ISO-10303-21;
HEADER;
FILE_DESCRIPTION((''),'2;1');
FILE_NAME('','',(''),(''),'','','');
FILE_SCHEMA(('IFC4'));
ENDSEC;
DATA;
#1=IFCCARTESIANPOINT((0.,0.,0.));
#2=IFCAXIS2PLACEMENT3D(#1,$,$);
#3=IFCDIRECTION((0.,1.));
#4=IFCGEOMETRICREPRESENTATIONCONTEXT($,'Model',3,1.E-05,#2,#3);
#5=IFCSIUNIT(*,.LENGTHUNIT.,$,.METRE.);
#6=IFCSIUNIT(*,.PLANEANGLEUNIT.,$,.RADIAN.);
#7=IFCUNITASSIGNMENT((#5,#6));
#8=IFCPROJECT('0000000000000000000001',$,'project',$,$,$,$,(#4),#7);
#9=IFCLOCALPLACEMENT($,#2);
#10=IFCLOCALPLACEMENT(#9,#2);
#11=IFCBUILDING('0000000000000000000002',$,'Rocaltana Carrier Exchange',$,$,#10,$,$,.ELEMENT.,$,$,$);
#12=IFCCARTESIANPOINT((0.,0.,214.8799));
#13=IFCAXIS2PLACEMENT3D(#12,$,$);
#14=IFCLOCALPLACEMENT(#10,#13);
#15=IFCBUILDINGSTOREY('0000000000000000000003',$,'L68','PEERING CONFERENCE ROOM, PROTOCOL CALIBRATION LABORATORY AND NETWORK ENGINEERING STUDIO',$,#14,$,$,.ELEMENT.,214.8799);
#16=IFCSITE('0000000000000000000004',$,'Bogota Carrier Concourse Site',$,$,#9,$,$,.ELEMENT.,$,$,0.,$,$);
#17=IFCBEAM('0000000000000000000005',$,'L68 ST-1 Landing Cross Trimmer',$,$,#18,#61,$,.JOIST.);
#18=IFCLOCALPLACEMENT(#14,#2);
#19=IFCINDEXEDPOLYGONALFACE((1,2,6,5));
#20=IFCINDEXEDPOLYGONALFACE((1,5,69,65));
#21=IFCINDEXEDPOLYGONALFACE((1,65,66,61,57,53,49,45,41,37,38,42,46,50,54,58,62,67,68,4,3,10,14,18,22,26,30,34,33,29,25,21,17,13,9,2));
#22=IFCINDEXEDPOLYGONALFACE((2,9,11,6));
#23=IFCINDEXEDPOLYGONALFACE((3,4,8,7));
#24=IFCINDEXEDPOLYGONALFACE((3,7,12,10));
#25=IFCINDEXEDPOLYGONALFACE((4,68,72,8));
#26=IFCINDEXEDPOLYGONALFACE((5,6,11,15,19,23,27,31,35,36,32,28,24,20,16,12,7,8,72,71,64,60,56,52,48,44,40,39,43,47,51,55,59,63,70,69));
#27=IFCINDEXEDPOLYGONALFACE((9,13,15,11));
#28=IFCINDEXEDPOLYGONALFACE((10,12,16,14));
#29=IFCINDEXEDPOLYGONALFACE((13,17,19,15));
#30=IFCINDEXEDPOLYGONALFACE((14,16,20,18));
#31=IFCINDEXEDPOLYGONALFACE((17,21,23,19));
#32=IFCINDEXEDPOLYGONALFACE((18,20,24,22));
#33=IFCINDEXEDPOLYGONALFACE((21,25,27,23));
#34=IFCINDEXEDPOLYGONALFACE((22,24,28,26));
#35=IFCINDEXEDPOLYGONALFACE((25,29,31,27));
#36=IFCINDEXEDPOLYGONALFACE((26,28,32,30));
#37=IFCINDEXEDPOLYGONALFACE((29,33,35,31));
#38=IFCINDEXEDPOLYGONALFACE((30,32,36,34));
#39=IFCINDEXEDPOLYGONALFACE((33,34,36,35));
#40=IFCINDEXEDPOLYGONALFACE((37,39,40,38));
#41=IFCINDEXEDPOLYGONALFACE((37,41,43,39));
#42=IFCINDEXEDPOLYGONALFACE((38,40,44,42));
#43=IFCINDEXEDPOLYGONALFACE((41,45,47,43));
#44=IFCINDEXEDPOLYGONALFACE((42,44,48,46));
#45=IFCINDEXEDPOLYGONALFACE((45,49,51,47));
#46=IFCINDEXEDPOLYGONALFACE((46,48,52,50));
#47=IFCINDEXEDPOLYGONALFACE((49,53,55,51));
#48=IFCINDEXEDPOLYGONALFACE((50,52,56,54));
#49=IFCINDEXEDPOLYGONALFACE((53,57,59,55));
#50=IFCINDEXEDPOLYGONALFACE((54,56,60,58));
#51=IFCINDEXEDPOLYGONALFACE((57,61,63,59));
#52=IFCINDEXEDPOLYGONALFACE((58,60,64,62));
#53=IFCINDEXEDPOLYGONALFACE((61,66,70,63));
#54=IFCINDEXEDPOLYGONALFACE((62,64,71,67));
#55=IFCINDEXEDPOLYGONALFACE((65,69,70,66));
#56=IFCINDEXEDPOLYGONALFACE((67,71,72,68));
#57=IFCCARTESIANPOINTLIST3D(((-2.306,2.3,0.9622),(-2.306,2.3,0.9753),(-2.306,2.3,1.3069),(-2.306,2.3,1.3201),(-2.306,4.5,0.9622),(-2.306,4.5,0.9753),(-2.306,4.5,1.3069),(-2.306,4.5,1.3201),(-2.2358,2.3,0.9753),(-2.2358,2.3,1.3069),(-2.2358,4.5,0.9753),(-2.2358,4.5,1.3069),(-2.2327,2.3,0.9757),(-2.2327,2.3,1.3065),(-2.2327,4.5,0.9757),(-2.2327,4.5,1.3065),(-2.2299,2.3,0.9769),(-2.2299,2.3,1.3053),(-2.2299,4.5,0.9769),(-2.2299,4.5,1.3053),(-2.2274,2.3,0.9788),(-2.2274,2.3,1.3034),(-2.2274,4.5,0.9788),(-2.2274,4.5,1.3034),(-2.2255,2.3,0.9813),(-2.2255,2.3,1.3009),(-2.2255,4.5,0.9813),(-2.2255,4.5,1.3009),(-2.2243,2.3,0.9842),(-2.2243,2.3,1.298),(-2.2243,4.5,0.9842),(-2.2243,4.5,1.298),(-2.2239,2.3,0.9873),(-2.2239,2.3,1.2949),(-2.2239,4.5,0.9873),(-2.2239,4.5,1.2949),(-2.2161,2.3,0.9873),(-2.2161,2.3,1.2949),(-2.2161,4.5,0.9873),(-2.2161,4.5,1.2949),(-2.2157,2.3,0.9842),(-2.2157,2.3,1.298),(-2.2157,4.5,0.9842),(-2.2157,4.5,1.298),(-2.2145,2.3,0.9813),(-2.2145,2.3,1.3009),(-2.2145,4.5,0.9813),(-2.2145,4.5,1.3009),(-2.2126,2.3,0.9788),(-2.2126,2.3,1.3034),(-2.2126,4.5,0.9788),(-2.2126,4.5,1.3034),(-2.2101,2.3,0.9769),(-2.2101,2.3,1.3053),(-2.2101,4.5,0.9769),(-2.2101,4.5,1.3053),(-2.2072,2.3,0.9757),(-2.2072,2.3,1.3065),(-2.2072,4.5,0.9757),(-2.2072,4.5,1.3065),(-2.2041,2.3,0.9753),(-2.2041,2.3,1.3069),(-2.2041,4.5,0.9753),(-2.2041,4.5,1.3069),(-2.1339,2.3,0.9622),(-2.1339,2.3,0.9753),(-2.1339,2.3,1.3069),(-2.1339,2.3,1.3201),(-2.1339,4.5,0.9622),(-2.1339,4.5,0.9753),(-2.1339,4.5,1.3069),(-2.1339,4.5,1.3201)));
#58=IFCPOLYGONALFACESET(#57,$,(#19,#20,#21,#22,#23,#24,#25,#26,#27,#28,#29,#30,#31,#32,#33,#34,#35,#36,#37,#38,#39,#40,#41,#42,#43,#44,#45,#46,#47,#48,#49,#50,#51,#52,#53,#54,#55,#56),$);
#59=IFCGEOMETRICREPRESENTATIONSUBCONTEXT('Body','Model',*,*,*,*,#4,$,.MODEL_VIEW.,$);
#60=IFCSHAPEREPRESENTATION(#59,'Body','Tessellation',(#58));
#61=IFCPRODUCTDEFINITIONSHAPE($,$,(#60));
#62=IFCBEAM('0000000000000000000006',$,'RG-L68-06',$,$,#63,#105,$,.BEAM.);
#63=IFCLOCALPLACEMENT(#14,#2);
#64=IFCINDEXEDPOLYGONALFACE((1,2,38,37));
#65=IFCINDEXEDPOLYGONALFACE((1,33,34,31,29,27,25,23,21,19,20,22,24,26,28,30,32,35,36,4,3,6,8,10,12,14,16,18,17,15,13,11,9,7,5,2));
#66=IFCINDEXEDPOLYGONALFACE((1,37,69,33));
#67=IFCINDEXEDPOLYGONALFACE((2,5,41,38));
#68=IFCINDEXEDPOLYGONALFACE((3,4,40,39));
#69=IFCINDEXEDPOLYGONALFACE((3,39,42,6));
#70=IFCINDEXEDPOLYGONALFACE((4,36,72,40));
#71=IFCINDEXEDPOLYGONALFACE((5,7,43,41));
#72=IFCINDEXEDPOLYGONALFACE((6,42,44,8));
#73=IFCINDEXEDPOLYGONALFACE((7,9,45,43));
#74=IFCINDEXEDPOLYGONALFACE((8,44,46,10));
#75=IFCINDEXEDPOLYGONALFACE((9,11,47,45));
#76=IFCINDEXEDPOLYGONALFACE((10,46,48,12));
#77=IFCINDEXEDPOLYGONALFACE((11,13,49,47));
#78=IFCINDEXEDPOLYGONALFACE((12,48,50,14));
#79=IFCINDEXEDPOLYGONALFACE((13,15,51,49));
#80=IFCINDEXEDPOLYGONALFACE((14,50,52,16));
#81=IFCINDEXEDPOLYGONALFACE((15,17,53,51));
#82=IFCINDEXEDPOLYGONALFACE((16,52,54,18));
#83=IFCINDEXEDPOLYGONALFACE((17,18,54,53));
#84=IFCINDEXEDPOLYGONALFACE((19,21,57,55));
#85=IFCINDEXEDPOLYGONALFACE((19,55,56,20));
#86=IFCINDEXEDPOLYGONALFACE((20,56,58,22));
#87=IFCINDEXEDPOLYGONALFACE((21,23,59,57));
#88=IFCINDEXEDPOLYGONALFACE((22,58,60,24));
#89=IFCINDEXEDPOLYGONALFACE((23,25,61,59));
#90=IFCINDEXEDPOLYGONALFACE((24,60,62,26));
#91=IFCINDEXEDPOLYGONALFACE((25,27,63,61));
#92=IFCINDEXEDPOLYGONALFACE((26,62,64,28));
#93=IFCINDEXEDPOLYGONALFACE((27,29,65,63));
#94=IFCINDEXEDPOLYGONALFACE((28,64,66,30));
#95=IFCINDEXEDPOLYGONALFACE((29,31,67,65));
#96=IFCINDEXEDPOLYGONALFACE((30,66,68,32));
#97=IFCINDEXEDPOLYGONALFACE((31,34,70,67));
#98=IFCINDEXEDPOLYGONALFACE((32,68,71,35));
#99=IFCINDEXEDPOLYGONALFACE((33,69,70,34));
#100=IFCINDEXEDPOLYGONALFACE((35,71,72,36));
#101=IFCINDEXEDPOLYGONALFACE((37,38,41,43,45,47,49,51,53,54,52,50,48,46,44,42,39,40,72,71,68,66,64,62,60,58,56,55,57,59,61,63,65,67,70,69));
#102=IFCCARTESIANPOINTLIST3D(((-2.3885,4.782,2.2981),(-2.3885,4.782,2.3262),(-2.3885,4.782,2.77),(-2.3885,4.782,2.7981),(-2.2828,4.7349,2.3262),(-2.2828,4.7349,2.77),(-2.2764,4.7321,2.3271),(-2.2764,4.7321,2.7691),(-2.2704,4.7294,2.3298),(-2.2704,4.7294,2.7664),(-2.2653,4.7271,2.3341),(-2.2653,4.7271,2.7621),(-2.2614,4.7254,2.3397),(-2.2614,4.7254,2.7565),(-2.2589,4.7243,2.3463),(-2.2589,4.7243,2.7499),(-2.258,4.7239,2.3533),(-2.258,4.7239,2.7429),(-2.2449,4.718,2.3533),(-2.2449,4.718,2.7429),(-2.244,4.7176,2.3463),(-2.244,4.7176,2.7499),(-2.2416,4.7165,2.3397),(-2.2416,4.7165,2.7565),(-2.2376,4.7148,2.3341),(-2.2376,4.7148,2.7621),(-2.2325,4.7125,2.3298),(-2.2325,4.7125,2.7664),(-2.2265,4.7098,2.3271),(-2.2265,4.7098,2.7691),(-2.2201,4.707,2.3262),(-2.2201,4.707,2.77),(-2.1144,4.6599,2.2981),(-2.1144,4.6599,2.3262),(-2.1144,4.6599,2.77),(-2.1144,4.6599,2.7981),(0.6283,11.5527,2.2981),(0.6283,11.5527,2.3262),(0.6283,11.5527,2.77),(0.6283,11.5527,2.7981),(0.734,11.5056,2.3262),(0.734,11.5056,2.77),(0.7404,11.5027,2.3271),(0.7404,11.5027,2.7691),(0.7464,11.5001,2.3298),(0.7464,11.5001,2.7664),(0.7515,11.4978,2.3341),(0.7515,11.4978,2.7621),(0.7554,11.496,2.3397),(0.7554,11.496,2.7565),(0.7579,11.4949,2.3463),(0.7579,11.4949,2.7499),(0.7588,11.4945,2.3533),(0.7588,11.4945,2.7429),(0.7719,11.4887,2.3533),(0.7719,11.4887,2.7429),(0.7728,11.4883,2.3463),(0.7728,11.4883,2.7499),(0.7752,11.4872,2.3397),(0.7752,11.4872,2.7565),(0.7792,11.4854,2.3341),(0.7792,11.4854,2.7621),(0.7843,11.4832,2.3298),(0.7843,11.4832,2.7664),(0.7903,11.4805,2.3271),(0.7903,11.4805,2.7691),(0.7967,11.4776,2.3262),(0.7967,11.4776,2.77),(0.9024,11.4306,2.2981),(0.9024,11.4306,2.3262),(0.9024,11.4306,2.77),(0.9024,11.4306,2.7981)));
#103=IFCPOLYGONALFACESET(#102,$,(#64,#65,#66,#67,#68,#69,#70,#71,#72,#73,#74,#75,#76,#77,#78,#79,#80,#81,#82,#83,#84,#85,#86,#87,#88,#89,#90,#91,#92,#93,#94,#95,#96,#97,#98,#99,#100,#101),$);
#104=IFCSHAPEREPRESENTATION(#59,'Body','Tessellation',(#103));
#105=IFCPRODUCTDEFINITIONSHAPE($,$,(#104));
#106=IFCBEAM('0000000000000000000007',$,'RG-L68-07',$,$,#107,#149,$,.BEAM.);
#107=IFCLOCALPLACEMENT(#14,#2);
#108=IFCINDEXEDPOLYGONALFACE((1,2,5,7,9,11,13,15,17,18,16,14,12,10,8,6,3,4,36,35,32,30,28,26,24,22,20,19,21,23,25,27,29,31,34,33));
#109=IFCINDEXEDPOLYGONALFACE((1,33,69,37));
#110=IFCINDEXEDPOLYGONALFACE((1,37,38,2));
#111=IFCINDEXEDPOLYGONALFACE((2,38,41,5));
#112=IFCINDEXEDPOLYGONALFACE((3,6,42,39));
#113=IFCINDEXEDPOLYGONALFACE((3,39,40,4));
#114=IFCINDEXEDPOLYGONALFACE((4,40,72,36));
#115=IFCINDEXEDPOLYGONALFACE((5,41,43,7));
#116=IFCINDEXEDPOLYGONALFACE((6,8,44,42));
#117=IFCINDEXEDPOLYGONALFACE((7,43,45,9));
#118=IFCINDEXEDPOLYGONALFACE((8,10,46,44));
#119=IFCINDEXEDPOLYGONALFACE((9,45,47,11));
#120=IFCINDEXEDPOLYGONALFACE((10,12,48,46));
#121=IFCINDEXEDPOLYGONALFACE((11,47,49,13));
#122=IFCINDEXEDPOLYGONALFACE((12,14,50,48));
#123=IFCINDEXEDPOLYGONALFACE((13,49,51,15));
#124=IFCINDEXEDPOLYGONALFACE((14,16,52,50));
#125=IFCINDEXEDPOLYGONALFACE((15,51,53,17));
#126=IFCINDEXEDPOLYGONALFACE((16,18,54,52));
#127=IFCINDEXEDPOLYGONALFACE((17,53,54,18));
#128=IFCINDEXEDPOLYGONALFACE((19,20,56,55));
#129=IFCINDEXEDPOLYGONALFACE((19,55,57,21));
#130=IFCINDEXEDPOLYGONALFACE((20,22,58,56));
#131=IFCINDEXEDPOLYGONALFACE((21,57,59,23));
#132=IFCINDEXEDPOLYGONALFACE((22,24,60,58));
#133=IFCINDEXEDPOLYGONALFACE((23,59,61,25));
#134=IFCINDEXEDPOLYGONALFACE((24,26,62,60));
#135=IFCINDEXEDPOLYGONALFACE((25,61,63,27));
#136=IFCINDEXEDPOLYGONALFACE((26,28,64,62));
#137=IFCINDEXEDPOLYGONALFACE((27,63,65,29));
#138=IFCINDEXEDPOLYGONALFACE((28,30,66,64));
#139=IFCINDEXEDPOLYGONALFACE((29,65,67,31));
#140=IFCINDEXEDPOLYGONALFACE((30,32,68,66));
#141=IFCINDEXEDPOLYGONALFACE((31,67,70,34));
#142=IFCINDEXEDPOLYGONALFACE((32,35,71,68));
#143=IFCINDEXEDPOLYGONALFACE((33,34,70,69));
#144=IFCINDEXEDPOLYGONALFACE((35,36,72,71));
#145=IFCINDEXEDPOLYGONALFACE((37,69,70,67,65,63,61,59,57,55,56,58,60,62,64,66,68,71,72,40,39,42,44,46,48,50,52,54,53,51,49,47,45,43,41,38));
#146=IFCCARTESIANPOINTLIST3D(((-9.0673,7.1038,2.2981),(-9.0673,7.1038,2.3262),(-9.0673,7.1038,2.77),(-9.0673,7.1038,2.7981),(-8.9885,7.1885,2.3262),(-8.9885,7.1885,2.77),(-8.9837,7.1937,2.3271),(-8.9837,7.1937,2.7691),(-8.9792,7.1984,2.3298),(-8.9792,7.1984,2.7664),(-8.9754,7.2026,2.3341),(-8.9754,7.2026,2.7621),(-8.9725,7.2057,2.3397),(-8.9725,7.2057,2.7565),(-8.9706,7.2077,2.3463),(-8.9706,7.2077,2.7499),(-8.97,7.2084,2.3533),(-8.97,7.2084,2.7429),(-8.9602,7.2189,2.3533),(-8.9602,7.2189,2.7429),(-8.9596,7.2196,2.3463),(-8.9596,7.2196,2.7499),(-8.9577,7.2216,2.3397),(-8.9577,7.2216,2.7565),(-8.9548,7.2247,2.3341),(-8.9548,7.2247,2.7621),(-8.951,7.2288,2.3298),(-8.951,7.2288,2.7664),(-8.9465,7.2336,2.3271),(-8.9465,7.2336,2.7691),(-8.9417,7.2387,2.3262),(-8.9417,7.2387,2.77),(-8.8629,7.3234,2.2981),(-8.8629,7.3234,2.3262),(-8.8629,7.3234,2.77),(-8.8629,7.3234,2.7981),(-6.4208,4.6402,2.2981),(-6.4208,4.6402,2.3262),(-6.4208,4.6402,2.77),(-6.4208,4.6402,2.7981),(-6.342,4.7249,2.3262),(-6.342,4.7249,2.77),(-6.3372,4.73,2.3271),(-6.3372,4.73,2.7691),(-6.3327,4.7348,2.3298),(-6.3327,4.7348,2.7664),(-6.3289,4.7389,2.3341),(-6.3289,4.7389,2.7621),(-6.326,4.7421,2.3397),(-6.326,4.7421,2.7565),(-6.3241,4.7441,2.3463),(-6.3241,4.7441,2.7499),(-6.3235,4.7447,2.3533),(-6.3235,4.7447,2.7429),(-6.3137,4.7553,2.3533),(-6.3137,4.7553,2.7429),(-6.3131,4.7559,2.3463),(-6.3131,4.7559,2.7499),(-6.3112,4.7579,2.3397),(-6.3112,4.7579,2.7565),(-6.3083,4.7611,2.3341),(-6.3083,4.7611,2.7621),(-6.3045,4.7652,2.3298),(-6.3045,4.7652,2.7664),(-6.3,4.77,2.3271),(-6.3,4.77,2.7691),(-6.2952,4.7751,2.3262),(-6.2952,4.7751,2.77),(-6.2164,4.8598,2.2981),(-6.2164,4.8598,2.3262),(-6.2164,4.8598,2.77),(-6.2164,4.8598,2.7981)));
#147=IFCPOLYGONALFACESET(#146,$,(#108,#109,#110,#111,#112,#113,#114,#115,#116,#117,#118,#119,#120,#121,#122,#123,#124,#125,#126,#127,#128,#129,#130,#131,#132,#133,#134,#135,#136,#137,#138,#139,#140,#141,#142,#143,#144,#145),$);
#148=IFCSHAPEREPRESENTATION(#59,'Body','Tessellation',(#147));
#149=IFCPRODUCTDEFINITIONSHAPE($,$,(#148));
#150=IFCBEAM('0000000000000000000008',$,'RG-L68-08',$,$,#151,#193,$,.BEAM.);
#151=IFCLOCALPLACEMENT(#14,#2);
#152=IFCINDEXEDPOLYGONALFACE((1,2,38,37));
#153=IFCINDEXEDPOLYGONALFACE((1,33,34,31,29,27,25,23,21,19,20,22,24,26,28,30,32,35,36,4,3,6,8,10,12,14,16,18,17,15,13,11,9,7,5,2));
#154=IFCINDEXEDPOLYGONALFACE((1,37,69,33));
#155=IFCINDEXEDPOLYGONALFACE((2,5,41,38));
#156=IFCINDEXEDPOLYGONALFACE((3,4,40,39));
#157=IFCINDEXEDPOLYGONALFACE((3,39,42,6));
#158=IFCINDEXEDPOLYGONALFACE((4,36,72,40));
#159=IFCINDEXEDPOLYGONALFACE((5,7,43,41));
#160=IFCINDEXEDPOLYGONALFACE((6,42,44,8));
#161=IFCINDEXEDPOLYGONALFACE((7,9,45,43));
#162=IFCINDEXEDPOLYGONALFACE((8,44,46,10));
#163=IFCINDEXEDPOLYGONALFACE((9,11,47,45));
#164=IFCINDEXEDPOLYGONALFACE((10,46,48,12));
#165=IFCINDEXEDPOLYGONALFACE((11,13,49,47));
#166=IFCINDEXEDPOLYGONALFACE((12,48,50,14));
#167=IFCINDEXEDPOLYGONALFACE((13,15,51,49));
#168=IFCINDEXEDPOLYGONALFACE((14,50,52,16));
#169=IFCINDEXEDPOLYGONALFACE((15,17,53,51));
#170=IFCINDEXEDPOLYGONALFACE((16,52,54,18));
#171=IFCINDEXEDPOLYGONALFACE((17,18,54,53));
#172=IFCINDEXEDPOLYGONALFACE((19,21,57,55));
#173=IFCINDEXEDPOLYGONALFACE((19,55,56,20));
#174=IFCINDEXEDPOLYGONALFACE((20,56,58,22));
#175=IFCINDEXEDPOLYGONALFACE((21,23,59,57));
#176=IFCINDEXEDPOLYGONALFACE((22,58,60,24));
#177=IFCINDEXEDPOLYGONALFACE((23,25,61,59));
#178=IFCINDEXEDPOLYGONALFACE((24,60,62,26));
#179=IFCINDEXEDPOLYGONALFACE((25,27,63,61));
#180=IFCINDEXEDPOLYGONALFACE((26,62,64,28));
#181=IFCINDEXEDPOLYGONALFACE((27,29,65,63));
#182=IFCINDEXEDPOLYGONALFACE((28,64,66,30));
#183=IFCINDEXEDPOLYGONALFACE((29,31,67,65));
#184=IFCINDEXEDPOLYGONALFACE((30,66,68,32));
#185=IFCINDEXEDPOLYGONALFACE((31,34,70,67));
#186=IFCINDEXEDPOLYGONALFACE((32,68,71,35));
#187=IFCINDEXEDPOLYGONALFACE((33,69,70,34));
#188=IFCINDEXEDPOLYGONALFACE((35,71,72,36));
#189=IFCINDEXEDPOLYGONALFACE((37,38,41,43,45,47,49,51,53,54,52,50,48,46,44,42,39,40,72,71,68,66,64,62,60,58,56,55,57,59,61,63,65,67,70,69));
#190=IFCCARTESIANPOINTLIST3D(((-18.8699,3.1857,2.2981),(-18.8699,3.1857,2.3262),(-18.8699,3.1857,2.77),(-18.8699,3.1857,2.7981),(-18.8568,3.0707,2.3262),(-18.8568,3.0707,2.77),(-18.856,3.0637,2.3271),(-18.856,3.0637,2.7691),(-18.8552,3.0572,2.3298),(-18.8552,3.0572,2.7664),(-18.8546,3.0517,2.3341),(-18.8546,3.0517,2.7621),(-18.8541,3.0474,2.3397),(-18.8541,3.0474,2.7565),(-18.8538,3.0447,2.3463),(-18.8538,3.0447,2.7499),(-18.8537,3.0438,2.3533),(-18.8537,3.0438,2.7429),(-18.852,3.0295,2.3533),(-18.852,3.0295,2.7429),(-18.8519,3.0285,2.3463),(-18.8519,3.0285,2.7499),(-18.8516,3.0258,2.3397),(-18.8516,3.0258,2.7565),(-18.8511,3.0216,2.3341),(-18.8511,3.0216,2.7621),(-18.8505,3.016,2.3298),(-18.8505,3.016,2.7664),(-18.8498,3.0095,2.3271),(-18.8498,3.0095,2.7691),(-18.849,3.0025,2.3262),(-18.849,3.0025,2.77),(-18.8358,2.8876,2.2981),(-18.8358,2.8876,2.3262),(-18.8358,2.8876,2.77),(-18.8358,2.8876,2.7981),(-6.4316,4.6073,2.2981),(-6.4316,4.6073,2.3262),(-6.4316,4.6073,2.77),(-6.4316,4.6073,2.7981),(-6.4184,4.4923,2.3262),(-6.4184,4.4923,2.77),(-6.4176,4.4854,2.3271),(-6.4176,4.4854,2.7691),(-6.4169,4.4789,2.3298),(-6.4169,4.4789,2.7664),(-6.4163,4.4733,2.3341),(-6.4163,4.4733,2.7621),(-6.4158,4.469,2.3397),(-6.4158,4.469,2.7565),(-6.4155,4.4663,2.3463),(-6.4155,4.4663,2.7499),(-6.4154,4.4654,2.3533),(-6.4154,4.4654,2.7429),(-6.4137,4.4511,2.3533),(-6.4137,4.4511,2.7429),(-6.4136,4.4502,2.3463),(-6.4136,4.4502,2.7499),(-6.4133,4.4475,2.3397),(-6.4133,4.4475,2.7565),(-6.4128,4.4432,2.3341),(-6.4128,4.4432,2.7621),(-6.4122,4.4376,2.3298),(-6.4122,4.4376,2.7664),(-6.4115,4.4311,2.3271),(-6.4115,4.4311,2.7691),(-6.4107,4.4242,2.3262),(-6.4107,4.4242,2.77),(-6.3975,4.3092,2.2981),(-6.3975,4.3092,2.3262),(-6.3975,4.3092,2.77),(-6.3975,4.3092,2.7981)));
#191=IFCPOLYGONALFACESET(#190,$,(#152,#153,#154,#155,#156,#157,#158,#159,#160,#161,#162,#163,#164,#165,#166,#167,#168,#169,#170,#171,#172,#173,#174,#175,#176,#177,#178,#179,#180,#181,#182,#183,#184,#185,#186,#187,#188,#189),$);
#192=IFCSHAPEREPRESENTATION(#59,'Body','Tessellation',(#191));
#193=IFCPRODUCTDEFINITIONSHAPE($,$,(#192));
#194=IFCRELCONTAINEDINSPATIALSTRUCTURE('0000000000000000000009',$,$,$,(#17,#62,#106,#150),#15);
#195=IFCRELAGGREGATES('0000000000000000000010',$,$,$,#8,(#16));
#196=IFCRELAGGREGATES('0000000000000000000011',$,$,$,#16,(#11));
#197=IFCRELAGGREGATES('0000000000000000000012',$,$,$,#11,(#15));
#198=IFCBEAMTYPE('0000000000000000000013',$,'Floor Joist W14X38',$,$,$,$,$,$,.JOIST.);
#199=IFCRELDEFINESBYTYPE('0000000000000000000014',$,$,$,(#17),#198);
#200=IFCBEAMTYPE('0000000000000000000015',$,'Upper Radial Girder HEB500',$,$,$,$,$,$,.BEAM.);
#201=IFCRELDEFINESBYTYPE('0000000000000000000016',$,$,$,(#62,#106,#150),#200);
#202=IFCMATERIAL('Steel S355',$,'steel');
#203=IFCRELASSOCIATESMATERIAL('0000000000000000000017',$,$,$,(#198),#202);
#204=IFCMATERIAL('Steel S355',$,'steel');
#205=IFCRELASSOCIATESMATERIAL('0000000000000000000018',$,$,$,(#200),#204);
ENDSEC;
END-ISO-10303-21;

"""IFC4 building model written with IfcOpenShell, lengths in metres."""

from ifc_helpers import new_model, si_unit, direction, frame, origin, origin_2d, place, context, subcontext, project, spatial, i_section, extrude, material, material_profile, profile_set, type_object, element, save


model = new_model("IFC4")

# Units and contexts
model_context = context("Model", 3, precision=1e-05, world=origin(), true_north=direction((0.0, 1.0)))
body_context = subcontext(model_context, "Body", "Model", "MODEL_VIEW")
ifc_project = project(units=[si_unit("LENGTHUNIT", "METRE"), si_unit("PLANEANGLEUNIT", "RADIAN")], contexts=[model_context])

# Site, building, storey
site_placement = place(None, origin())
site = spatial("IfcSite", under=ifc_project, at=site_placement, Name="Bogota Carrier Concourse Site", CompositionType="ELEMENT", RefElevation=0.0)
building_placement = place(site_placement, origin())
building = spatial("IfcBuilding", under=site, at=building_placement, Name="Rocaltana Carrier Exchange", CompositionType="ELEMENT")
storey_placement = place(building_placement, frame((0.0, 0.0, 214.8799)))
storey = spatial("IfcBuildingStorey", under=building, at=storey_placement, Name="L68", Description="PEERING CONFERENCE ROOM, PROTOCOL CALIBRATION LABORATORY AND NETWORK ENGINEERING STUDIO", CompositionType="ELEMENT", Elevation=214.8799)

# Beams
ifc_material_1 = material(Name="Steel S355", Category="steel")
ifc_material_profile_1 = material_profile(ifc_material_1, i_section(OverallWidth=0.1721, OverallDepth=0.3579, WebThickness=0.0078, FlangeThickness=0.0132, FilletRadius=0.012, at=origin_2d()), Name="W14X38")
ifc_profile_set_1 = profile_set([ifc_material_profile_1], Name="Steel S355")
beam_type_1 = type_object("IfcBeamType", Name="Floor Joist W14X38", PredefinedType="JOIST", material=ifc_profile_set_1)
beam_1_placement = place(storey_placement, frame((-2.22, 2.3, 1.1411), z_axis=(0.0, 1.0, 0.0), x_axis=(-1.0, 0.0, 0.0)))
element("IfcBeam", 1, at=beam_1_placement, inside=storey, type_object=beam_type_1, Name="L68 ST-1 Landing Cross Trimmer", PredefinedType="JOIST", context=body_context, shape_type="SweptSolid", body=[
    extrude(i_section(OverallWidth=0.1721, OverallDepth=0.3579, WebThickness=0.0078, FlangeThickness=0.0132, FilletRadius=0.012, at=origin_2d()), origin(), (0.0, 0.0, 1.0), 2.2),
])
ifc_material_2 = material(Name="Steel S355", Category="steel")
ifc_material_profile_2 = material_profile(ifc_material_2, i_section(OverallWidth=0.3, OverallDepth=0.5, WebThickness=0.0144, FlangeThickness=0.0281, FilletRadius=0.0271, at=origin_2d()), Name="HEB500")
ifc_profile_set_2 = profile_set([ifc_material_profile_2], Name="Steel S355")
beam_type_2 = type_object("IfcBeamType", Name="Upper Radial Girder HEB500", PredefinedType="BEAM", material=ifc_profile_set_2)
beam_2_placement = place(storey_placement, frame((-2.2515, 4.7209, 2.5481), z_axis=(0.406997, 0.913429, 0.0), x_axis=(-0.913429, 0.406997, 0.0)))
element("IfcBeam", 2, at=beam_2_placement, inside=storey, type_object=beam_type_2, Name="RG-L68-06", PredefinedType="BEAM", context=body_context, shape_type="SweptSolid", body=[
    extrude(i_section(OverallWidth=0.3, OverallDepth=0.5, WebThickness=0.0144, FlangeThickness=0.0281, FilletRadius=0.0271, at=origin_2d()), origin(), (0.0, 0.0, 1.0), 7.4124),
])
beam_3_placement = place(storey_placement, frame((-6.3186, 4.75, 2.5481), z_axis=(-0.731942, 0.681367, 0.0), x_axis=(-0.681367, -0.731942, 0.0)))
element("IfcBeam", 3, at=beam_3_placement, inside=storey, type_object=beam_type_2, Name="RG-L68-07", PredefinedType="BEAM", context=body_context, shape_type="SweptSolid", body=[
    extrude(i_section(OverallWidth=0.3, OverallDepth=0.5, WebThickness=0.0144, FlangeThickness=0.0281, FilletRadius=0.0271, at=origin_2d()), origin(), (0.0, 0.0, 1.0), 3.6157),
])
beam_4_placement = place(storey_placement, frame((-6.4146, 4.4583, 2.5481), z_axis=(-0.993532, -0.113556, 0.0), x_axis=(0.113556, -0.993532, 0.0)))
element("IfcBeam", 4, at=beam_4_placement, inside=storey, type_object=beam_type_2, Name="RG-L68-08", PredefinedType="BEAM", context=body_context, shape_type="SweptSolid", body=[
    extrude(i_section(OverallWidth=0.3, OverallDepth=0.5, WebThickness=0.0144, FlangeThickness=0.0281, FilletRadius=0.0271, at=origin_2d()), origin(), (0.0, 0.0, 1.0), 12.5193),
])

save(model, "model.ifc")
